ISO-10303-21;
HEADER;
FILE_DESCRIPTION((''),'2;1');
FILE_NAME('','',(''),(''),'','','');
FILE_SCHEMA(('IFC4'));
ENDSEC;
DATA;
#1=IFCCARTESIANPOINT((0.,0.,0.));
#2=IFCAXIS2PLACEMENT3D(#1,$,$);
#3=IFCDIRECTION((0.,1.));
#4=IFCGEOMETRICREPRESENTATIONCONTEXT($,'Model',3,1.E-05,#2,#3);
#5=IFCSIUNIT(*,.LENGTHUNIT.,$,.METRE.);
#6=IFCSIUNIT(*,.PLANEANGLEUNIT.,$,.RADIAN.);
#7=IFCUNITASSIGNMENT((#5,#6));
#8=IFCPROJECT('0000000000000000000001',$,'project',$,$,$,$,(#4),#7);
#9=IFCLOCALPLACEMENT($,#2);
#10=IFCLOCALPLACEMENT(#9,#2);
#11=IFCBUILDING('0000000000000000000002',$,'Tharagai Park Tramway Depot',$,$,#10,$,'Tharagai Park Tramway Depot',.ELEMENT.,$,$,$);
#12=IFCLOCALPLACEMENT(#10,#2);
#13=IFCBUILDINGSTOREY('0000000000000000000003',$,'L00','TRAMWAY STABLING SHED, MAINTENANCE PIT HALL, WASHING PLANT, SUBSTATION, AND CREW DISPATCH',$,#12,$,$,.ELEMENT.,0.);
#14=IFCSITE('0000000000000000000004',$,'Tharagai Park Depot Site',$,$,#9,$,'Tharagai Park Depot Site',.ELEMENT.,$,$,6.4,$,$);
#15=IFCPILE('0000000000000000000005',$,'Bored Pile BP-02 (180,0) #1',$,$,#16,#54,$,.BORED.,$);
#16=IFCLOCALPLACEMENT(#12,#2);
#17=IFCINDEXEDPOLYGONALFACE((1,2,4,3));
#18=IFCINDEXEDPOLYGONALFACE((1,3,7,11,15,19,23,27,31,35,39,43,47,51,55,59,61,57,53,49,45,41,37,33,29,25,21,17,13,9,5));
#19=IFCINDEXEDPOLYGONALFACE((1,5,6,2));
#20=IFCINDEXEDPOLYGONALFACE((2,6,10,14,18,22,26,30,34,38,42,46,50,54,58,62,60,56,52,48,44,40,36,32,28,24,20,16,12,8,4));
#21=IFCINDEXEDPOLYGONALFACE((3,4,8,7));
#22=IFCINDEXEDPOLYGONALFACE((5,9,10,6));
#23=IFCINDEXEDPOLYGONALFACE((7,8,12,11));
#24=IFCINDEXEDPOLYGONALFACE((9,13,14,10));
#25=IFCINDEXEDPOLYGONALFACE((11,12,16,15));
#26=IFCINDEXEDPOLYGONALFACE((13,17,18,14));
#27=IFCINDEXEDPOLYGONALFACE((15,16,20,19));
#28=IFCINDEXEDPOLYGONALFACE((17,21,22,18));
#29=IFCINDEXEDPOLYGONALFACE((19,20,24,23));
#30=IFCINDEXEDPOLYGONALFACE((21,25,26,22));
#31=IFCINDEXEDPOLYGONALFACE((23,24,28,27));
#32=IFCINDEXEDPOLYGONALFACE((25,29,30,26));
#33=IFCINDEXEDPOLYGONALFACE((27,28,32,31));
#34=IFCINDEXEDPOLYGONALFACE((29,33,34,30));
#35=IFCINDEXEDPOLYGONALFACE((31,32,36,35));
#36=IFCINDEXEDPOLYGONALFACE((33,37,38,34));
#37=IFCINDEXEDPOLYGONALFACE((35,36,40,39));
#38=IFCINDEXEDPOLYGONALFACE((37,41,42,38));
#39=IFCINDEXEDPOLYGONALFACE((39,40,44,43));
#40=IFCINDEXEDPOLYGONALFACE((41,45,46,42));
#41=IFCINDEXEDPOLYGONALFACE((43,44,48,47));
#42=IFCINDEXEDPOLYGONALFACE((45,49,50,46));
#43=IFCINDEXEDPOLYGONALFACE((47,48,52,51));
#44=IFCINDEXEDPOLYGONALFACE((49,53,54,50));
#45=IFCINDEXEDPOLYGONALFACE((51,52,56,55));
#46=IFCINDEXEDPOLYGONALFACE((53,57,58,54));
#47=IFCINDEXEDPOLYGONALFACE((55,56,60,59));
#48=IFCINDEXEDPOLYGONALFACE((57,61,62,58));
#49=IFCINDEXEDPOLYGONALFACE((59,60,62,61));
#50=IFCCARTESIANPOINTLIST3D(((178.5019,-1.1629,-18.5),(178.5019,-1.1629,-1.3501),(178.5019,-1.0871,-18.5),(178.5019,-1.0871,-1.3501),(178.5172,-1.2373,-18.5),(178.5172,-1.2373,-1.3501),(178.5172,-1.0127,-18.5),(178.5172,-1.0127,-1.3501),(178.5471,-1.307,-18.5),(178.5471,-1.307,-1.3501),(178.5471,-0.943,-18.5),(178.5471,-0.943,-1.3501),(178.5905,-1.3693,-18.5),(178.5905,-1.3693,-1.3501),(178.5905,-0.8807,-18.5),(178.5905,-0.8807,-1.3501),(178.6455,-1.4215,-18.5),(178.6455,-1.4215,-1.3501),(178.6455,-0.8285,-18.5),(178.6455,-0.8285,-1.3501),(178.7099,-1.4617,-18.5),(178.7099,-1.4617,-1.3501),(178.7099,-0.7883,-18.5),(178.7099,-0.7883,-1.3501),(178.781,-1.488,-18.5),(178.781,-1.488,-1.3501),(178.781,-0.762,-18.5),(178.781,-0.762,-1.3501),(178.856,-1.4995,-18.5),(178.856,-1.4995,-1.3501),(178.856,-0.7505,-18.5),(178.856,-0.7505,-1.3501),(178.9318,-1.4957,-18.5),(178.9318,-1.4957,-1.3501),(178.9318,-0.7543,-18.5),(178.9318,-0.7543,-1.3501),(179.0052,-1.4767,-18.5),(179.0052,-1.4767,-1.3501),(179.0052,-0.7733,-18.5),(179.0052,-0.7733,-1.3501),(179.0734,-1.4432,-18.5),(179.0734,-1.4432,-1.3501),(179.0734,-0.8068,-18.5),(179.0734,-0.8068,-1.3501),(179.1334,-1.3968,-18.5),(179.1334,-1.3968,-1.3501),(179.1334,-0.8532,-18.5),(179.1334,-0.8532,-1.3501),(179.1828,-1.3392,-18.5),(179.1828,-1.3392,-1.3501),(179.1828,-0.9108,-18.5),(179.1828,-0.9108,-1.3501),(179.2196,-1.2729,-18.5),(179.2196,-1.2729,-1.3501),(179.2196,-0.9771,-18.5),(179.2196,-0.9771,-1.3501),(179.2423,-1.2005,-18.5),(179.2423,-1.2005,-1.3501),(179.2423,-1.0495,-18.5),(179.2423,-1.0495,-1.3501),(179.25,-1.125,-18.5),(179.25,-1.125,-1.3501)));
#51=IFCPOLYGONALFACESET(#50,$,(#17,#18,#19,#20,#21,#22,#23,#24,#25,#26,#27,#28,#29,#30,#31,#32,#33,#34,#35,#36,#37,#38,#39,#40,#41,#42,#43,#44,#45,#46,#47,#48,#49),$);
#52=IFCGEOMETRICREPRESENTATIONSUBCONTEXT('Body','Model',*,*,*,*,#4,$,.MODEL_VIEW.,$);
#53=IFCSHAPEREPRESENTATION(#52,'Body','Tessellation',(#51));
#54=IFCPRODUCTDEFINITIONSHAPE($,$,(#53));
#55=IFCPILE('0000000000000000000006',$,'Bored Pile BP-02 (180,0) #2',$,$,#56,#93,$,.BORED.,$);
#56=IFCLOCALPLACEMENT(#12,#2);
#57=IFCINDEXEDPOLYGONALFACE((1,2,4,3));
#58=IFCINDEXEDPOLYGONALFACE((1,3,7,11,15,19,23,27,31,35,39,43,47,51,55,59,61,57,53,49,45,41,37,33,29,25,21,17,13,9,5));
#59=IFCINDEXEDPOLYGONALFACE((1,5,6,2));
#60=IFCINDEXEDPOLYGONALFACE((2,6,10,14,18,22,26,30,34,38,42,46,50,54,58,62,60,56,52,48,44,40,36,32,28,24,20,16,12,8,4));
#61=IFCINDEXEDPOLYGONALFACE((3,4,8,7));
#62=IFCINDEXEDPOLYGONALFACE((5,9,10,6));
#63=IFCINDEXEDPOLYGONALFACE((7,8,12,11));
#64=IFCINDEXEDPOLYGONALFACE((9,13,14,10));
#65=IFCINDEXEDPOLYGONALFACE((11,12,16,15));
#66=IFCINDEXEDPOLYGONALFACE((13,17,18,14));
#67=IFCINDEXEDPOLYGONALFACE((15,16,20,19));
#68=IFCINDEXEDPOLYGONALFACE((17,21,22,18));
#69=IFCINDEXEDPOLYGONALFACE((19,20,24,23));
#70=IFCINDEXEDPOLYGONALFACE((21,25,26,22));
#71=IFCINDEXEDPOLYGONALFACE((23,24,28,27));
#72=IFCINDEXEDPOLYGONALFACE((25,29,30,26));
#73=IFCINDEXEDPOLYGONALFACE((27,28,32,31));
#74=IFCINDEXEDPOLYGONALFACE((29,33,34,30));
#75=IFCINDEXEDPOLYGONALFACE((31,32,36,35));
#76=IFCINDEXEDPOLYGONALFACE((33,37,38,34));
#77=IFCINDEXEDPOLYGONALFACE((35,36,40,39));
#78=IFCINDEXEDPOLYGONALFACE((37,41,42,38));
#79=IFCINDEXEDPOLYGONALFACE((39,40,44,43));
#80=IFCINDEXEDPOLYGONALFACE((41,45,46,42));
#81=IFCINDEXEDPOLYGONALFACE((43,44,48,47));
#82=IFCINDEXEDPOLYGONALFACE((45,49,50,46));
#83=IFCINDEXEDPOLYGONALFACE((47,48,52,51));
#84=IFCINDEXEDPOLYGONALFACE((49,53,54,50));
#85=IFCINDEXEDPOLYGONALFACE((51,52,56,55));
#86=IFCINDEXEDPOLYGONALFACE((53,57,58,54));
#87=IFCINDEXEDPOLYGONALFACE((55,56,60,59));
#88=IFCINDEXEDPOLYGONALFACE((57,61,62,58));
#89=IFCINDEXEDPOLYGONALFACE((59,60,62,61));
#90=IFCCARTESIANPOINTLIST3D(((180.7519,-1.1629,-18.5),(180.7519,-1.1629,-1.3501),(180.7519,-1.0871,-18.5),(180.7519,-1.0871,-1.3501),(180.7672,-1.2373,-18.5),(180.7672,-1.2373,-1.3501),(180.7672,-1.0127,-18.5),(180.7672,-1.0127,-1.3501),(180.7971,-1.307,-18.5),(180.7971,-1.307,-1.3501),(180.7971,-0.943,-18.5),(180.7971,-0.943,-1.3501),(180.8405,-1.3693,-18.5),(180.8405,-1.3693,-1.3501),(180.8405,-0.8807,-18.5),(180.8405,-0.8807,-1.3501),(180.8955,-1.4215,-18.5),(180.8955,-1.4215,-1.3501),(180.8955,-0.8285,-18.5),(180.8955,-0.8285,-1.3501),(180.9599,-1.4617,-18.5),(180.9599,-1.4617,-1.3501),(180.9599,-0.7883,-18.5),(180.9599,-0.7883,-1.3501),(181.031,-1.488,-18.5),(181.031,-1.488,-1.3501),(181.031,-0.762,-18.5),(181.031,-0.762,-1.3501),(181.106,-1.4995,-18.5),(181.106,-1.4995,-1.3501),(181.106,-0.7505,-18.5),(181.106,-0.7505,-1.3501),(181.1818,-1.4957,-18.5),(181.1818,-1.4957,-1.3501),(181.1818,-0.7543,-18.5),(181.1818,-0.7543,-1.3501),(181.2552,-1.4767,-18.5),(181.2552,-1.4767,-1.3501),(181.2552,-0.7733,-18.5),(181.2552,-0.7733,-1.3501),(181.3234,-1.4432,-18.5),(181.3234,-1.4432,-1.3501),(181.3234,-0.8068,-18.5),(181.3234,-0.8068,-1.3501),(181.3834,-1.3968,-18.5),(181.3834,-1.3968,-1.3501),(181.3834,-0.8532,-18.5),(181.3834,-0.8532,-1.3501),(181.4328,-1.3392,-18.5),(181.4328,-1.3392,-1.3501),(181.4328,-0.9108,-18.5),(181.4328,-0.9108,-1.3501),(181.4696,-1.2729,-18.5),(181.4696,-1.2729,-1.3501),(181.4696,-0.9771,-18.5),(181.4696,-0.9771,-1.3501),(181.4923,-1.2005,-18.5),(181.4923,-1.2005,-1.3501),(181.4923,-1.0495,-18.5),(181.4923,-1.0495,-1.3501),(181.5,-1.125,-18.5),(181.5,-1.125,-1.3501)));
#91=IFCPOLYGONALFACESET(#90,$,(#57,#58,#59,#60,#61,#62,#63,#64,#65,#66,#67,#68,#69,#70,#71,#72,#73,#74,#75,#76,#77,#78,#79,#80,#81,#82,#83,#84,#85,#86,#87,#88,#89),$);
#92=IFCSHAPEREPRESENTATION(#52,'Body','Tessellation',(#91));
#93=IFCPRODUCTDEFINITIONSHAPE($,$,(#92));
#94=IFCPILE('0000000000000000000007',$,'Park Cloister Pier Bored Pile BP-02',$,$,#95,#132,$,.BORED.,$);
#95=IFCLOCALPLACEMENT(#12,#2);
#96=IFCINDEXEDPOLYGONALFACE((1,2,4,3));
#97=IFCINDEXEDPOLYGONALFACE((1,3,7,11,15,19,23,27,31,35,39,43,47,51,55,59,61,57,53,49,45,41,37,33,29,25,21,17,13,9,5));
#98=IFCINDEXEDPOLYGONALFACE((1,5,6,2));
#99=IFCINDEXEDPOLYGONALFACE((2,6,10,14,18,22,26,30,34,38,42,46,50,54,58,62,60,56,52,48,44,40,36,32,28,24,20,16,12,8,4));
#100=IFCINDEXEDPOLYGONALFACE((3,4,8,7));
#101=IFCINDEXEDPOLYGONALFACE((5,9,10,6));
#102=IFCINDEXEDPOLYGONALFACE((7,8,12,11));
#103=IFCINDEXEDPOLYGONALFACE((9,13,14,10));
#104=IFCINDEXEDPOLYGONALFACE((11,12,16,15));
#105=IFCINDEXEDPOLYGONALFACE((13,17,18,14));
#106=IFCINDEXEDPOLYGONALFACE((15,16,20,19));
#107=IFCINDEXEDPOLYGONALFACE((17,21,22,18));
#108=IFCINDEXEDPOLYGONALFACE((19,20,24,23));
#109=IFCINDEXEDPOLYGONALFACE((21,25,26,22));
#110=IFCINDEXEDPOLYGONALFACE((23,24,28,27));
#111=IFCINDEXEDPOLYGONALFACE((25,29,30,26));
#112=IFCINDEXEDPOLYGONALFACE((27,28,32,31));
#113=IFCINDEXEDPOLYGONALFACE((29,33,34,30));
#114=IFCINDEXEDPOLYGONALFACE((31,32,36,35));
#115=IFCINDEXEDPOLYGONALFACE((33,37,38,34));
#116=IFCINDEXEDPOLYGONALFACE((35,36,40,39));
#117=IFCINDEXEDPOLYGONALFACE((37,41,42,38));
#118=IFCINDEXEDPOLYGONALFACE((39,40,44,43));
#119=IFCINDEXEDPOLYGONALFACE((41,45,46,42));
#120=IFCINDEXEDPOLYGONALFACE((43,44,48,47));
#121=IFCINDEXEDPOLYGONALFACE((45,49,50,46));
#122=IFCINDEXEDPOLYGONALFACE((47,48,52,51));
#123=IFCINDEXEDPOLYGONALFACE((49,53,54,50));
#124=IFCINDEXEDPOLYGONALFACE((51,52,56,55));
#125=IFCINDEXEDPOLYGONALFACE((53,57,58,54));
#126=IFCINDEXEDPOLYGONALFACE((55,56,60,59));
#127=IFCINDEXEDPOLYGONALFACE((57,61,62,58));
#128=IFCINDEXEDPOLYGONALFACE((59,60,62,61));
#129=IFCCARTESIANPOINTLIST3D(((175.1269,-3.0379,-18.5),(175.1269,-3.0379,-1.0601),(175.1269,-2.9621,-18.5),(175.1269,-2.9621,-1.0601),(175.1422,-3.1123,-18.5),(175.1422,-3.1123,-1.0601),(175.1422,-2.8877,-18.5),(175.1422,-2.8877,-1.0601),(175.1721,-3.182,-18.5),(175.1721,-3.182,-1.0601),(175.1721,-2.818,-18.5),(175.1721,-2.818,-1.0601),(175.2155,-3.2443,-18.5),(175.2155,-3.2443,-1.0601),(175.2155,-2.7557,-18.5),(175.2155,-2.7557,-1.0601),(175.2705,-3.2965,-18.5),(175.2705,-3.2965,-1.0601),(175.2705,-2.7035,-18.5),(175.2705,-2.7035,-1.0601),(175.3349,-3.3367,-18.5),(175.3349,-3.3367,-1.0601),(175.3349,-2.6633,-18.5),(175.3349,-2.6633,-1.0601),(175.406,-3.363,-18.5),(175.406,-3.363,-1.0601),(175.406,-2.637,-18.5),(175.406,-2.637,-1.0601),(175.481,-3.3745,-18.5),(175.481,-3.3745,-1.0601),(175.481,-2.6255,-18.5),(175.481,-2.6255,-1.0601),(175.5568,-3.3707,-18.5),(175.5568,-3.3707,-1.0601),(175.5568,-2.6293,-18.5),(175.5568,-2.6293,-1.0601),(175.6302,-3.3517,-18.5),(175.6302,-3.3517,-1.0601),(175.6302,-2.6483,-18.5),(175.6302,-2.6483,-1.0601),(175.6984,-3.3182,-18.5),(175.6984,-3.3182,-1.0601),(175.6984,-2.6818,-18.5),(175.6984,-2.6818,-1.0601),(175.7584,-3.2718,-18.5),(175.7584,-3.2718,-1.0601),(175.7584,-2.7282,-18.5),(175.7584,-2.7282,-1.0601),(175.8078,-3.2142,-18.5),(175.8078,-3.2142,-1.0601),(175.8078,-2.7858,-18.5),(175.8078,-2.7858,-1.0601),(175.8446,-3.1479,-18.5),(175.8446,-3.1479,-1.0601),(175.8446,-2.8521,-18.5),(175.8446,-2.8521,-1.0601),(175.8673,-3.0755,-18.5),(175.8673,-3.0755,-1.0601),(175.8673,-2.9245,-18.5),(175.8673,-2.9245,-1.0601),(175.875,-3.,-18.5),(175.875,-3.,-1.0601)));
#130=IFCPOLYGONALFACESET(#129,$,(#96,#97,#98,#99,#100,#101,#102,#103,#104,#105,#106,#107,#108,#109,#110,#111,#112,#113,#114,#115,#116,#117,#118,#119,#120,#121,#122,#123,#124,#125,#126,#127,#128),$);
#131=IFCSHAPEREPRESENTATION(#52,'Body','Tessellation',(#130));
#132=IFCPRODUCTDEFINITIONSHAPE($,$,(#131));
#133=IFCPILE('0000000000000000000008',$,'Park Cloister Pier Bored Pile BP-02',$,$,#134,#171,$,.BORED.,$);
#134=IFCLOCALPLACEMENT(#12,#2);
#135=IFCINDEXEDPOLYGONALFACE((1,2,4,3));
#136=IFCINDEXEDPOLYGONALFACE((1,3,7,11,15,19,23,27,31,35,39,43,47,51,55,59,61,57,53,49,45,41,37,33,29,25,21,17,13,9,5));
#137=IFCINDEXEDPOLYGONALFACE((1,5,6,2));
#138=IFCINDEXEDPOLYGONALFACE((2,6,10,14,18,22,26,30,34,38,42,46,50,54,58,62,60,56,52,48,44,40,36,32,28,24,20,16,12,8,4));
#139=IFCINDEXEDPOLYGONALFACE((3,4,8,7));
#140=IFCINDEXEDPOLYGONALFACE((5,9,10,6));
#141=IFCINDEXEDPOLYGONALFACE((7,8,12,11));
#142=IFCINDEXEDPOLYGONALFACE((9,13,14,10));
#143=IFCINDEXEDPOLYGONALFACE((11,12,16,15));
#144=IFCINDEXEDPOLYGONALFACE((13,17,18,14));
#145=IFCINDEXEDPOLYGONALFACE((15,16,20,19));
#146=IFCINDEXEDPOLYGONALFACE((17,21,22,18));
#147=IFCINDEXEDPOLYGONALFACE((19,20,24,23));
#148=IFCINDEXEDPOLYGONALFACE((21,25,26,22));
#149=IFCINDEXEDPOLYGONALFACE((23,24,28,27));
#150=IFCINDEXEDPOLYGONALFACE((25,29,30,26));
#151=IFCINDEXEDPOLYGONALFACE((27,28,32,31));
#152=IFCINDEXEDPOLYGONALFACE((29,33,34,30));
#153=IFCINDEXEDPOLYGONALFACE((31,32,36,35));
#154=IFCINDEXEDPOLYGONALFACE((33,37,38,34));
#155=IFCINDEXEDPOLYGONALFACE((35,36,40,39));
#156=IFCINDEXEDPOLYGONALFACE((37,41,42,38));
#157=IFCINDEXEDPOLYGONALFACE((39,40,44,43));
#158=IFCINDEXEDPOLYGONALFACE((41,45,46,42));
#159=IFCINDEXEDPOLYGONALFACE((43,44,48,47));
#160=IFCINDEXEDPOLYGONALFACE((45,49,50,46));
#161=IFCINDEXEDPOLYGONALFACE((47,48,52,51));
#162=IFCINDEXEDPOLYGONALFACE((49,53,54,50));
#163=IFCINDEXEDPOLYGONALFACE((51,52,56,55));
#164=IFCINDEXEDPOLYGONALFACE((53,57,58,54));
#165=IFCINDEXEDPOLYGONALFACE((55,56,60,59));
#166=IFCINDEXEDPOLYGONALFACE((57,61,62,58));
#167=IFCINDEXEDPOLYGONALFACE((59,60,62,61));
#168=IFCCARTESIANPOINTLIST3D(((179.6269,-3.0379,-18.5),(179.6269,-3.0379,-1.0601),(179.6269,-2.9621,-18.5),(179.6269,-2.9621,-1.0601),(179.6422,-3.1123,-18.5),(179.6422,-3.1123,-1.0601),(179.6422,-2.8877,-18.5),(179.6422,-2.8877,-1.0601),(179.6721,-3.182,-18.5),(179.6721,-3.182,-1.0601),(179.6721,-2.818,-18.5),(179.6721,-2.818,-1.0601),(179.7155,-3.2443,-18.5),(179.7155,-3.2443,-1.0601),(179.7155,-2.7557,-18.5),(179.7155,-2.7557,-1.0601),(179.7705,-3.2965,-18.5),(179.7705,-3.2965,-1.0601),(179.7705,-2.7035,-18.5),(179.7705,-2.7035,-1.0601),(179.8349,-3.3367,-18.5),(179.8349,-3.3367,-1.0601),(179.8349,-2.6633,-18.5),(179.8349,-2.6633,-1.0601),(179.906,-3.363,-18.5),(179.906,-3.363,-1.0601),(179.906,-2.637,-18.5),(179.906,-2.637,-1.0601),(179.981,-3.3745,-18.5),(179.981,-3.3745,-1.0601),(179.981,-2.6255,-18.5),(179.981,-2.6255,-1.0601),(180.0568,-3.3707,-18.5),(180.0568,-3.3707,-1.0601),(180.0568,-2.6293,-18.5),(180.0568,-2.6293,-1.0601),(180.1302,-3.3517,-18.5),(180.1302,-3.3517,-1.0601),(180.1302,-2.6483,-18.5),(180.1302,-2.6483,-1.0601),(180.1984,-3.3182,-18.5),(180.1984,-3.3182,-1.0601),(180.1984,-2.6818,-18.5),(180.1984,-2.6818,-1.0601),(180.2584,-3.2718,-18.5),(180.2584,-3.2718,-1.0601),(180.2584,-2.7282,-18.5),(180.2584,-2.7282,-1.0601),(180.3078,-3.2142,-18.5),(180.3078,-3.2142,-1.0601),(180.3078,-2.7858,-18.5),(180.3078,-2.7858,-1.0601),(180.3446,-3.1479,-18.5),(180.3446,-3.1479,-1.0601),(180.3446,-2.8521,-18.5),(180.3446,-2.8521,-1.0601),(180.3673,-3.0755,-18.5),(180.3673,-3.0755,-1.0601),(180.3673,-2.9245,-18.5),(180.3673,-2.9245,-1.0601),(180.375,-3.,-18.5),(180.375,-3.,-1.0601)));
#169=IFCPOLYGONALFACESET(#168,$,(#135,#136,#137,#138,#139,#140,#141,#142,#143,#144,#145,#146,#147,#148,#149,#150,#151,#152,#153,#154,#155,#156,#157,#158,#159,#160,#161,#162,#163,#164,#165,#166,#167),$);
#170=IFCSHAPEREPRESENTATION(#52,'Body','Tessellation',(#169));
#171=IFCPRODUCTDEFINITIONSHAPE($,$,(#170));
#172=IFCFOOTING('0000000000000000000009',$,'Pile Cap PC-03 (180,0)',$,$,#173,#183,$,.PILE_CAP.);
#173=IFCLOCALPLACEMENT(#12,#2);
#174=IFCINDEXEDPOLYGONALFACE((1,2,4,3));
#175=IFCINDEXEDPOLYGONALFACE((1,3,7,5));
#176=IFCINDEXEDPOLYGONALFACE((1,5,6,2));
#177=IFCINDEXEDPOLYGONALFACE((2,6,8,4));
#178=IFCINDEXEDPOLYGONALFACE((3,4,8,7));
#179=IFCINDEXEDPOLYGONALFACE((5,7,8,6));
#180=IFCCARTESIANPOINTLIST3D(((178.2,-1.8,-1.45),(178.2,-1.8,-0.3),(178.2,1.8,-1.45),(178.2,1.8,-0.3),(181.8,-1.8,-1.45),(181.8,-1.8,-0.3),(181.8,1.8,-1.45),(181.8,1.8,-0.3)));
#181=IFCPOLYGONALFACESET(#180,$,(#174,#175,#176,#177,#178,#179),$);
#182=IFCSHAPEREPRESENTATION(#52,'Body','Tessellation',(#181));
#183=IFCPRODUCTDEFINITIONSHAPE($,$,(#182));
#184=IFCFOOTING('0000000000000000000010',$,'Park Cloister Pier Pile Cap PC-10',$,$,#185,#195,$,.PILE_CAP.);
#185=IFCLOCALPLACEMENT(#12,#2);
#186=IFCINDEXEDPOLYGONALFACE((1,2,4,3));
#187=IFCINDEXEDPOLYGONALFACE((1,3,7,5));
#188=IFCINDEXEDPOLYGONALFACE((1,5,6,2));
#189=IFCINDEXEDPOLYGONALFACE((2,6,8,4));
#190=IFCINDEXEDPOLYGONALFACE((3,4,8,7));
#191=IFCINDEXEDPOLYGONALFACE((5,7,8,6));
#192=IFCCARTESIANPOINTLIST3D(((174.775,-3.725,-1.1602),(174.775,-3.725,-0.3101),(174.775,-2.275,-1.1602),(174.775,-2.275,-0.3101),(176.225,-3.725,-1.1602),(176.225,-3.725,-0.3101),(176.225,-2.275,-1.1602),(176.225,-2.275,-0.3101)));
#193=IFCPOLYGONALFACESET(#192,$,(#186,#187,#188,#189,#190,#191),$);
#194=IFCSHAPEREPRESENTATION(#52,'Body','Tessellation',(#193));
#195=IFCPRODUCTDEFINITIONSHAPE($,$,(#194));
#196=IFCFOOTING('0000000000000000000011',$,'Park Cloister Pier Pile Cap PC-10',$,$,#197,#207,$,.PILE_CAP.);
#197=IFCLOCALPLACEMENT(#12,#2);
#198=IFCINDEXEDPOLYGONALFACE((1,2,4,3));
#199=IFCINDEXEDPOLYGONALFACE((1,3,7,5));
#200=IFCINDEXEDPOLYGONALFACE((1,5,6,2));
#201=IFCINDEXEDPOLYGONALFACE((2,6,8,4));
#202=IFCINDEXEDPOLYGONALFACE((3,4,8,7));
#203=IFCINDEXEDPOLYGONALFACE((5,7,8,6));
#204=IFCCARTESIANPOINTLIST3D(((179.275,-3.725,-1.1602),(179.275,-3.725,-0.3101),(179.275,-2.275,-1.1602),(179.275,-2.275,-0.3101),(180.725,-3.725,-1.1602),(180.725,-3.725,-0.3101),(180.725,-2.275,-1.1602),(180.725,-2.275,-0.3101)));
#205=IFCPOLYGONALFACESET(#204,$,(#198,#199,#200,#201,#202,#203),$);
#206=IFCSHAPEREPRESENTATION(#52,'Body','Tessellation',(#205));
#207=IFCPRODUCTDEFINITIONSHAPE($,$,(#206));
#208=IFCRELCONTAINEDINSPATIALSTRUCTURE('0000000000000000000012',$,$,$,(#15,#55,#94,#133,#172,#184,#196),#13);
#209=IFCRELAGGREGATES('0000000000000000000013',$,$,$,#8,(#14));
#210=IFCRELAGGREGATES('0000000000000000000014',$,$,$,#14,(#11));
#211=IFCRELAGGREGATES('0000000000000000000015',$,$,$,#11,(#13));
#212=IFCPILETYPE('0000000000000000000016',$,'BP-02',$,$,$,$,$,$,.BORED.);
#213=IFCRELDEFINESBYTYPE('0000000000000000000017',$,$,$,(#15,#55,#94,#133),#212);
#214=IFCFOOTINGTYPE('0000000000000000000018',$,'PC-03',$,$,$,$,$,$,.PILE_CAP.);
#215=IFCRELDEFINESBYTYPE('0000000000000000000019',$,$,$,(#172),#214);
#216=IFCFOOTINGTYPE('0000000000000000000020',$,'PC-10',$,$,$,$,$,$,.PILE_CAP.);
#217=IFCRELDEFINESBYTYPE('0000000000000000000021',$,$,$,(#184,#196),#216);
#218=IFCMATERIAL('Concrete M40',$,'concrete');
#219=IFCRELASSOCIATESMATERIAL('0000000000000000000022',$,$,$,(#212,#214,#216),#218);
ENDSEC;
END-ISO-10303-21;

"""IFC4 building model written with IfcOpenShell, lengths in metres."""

from ifc_helpers import new_model, si_unit, direction, frame, origin, origin_2d, place, context, subcontext, project, spatial, rectangle, circle, extrude, material, material_profile, profile_set, type_object, element, save


model = new_model("IFC4")

# Units and contexts
model_context = context("Model", 3, precision=1e-05, world=origin(), true_north=direction((0.0, 1.0)))
body_context = subcontext(model_context, "Body", "Model", "MODEL_VIEW")
ifc_project = project(units=[si_unit("LENGTHUNIT", "METRE"), si_unit("PLANEANGLEUNIT", "RADIAN")], contexts=[model_context])

# Site, building, storey
site_placement = place(None, origin())
site = spatial("IfcSite", under=ifc_project, at=site_placement, Name="Tharagai Park Depot Site", LongName="Tharagai Park Depot Site", CompositionType="ELEMENT", RefElevation=6.4)
building_placement = place(site_placement, origin())
building = spatial("IfcBuilding", under=site, at=building_placement, Name="Tharagai Park Tramway Depot", LongName="Tharagai Park Tramway Depot", CompositionType="ELEMENT")
storey_placement = place(building_placement, origin())
storey = spatial("IfcBuildingStorey", under=building, at=storey_placement, Name="L00", Description="TRAMWAY STABLING SHED, MAINTENANCE PIT HALL, WASHING PLANT, SUBSTATION, AND CREW DISPATCH", CompositionType="ELEMENT", Elevation=0.0)

# Piles
ifc_material_1 = material(Name="Concrete M40", Category="concrete")
ifc_material_profile_1 = material_profile(ifc_material_1, circle(Radius=0.375, at=origin_2d()), Name="PILE D750")
ifc_profile_set_1 = profile_set([ifc_material_profile_1], Name="Concrete M40")
pile_type = type_object("IfcPileType", Name="BP-02", PredefinedType="BORED", material=ifc_profile_set_1)
for number, where, z_axis, x_axis, name in (
    (1, (178.875, -1.125, -1.3501), (0.0, 0.0, -1.0), (1.0, 0.0, 0.0), "Bored Pile BP-02 (180,0) #1"),
    (2, (181.125, -1.125, -1.3501), (0.0, 0.0, -1.0), (1.0, 0.0, 0.0), "Bored Pile BP-02 (180,0) #2"),
):
    element("IfcPile", number, at=place(storey_placement, frame(where, z_axis=z_axis, x_axis=x_axis)), inside=storey, type_object=pile_type, Name=name, PredefinedType="BORED", context=body_context, shape_type="SweptSolid", body=[
        extrude(circle(Radius=0.375, at=origin_2d()), origin(), (0.0, 0.0, 1.0), 17.1499),
    ])
for number, where, z_axis, x_axis, name in (
    (3, (175.5, -3.0, -1.0601), (0.0, 0.0, -1.0), (1.0, 0.0, 0.0), "Park Cloister Pier Bored Pile BP-02"),
    (4, (180.0, -3.0, -1.0601), (0.0, 0.0, -1.0), (1.0, 0.0, 0.0), "Park Cloister Pier Bored Pile BP-02"),
):
    element("IfcPile", number, at=place(storey_placement, frame(where, z_axis=z_axis, x_axis=x_axis)), inside=storey, type_object=pile_type, Name=name, PredefinedType="BORED", context=body_context, shape_type="SweptSolid", body=[
        extrude(circle(Radius=0.375, at=origin_2d()), origin(), (0.0, 0.0, 1.0), 17.4399),
    ])

# Footings
footing_type_1 = type_object("IfcFootingType", Name="PC-03", PredefinedType="PILE_CAP", material=ifc_material_1)
footing_placement = place(storey_placement, frame((180.0, 0.0, -1.45), z_axis=(0.0, 0.0, 1.0), x_axis=(1.0, 0.0, 0.0)))
element("IfcFooting", 5, at=footing_placement, inside=storey, type_object=footing_type_1, Name="Pile Cap PC-03 (180,0)", PredefinedType="PILE_CAP", context=body_context, shape_type="SweptSolid", body=[
    extrude(rectangle(XDim=3.6001, YDim=3.6001, at=origin_2d()), origin(), (0.0, 0.0, 1.0), 1.1499),
])
footing_type_2 = type_object("IfcFootingType", Name="PC-10", PredefinedType="PILE_CAP", material=ifc_material_1)
for number, where, z_axis, x_axis, name in (
    (6, (175.5, -3.0, -1.1602), (0.0, 0.0, 1.0), (1.0, 0.0, 0.0), "Park Cloister Pier Pile Cap PC-10"),
    (7, (180.0, -3.0, -1.1602), (0.0, 0.0, 1.0), (1.0, 0.0, 0.0), "Park Cloister Pier Pile Cap PC-10"),
):
    element("IfcFooting", number, at=place(storey_placement, frame(where, z_axis=z_axis, x_axis=x_axis)), inside=storey, type_object=footing_type_2, Name=name, PredefinedType="PILE_CAP", context=body_context, shape_type="SweptSolid", body=[
        extrude(rectangle(XDim=1.45, YDim=1.45, at=origin_2d()), origin(), (0.0, 0.0, 1.0), 0.8501),
    ])

save(model, "model.ifc")
